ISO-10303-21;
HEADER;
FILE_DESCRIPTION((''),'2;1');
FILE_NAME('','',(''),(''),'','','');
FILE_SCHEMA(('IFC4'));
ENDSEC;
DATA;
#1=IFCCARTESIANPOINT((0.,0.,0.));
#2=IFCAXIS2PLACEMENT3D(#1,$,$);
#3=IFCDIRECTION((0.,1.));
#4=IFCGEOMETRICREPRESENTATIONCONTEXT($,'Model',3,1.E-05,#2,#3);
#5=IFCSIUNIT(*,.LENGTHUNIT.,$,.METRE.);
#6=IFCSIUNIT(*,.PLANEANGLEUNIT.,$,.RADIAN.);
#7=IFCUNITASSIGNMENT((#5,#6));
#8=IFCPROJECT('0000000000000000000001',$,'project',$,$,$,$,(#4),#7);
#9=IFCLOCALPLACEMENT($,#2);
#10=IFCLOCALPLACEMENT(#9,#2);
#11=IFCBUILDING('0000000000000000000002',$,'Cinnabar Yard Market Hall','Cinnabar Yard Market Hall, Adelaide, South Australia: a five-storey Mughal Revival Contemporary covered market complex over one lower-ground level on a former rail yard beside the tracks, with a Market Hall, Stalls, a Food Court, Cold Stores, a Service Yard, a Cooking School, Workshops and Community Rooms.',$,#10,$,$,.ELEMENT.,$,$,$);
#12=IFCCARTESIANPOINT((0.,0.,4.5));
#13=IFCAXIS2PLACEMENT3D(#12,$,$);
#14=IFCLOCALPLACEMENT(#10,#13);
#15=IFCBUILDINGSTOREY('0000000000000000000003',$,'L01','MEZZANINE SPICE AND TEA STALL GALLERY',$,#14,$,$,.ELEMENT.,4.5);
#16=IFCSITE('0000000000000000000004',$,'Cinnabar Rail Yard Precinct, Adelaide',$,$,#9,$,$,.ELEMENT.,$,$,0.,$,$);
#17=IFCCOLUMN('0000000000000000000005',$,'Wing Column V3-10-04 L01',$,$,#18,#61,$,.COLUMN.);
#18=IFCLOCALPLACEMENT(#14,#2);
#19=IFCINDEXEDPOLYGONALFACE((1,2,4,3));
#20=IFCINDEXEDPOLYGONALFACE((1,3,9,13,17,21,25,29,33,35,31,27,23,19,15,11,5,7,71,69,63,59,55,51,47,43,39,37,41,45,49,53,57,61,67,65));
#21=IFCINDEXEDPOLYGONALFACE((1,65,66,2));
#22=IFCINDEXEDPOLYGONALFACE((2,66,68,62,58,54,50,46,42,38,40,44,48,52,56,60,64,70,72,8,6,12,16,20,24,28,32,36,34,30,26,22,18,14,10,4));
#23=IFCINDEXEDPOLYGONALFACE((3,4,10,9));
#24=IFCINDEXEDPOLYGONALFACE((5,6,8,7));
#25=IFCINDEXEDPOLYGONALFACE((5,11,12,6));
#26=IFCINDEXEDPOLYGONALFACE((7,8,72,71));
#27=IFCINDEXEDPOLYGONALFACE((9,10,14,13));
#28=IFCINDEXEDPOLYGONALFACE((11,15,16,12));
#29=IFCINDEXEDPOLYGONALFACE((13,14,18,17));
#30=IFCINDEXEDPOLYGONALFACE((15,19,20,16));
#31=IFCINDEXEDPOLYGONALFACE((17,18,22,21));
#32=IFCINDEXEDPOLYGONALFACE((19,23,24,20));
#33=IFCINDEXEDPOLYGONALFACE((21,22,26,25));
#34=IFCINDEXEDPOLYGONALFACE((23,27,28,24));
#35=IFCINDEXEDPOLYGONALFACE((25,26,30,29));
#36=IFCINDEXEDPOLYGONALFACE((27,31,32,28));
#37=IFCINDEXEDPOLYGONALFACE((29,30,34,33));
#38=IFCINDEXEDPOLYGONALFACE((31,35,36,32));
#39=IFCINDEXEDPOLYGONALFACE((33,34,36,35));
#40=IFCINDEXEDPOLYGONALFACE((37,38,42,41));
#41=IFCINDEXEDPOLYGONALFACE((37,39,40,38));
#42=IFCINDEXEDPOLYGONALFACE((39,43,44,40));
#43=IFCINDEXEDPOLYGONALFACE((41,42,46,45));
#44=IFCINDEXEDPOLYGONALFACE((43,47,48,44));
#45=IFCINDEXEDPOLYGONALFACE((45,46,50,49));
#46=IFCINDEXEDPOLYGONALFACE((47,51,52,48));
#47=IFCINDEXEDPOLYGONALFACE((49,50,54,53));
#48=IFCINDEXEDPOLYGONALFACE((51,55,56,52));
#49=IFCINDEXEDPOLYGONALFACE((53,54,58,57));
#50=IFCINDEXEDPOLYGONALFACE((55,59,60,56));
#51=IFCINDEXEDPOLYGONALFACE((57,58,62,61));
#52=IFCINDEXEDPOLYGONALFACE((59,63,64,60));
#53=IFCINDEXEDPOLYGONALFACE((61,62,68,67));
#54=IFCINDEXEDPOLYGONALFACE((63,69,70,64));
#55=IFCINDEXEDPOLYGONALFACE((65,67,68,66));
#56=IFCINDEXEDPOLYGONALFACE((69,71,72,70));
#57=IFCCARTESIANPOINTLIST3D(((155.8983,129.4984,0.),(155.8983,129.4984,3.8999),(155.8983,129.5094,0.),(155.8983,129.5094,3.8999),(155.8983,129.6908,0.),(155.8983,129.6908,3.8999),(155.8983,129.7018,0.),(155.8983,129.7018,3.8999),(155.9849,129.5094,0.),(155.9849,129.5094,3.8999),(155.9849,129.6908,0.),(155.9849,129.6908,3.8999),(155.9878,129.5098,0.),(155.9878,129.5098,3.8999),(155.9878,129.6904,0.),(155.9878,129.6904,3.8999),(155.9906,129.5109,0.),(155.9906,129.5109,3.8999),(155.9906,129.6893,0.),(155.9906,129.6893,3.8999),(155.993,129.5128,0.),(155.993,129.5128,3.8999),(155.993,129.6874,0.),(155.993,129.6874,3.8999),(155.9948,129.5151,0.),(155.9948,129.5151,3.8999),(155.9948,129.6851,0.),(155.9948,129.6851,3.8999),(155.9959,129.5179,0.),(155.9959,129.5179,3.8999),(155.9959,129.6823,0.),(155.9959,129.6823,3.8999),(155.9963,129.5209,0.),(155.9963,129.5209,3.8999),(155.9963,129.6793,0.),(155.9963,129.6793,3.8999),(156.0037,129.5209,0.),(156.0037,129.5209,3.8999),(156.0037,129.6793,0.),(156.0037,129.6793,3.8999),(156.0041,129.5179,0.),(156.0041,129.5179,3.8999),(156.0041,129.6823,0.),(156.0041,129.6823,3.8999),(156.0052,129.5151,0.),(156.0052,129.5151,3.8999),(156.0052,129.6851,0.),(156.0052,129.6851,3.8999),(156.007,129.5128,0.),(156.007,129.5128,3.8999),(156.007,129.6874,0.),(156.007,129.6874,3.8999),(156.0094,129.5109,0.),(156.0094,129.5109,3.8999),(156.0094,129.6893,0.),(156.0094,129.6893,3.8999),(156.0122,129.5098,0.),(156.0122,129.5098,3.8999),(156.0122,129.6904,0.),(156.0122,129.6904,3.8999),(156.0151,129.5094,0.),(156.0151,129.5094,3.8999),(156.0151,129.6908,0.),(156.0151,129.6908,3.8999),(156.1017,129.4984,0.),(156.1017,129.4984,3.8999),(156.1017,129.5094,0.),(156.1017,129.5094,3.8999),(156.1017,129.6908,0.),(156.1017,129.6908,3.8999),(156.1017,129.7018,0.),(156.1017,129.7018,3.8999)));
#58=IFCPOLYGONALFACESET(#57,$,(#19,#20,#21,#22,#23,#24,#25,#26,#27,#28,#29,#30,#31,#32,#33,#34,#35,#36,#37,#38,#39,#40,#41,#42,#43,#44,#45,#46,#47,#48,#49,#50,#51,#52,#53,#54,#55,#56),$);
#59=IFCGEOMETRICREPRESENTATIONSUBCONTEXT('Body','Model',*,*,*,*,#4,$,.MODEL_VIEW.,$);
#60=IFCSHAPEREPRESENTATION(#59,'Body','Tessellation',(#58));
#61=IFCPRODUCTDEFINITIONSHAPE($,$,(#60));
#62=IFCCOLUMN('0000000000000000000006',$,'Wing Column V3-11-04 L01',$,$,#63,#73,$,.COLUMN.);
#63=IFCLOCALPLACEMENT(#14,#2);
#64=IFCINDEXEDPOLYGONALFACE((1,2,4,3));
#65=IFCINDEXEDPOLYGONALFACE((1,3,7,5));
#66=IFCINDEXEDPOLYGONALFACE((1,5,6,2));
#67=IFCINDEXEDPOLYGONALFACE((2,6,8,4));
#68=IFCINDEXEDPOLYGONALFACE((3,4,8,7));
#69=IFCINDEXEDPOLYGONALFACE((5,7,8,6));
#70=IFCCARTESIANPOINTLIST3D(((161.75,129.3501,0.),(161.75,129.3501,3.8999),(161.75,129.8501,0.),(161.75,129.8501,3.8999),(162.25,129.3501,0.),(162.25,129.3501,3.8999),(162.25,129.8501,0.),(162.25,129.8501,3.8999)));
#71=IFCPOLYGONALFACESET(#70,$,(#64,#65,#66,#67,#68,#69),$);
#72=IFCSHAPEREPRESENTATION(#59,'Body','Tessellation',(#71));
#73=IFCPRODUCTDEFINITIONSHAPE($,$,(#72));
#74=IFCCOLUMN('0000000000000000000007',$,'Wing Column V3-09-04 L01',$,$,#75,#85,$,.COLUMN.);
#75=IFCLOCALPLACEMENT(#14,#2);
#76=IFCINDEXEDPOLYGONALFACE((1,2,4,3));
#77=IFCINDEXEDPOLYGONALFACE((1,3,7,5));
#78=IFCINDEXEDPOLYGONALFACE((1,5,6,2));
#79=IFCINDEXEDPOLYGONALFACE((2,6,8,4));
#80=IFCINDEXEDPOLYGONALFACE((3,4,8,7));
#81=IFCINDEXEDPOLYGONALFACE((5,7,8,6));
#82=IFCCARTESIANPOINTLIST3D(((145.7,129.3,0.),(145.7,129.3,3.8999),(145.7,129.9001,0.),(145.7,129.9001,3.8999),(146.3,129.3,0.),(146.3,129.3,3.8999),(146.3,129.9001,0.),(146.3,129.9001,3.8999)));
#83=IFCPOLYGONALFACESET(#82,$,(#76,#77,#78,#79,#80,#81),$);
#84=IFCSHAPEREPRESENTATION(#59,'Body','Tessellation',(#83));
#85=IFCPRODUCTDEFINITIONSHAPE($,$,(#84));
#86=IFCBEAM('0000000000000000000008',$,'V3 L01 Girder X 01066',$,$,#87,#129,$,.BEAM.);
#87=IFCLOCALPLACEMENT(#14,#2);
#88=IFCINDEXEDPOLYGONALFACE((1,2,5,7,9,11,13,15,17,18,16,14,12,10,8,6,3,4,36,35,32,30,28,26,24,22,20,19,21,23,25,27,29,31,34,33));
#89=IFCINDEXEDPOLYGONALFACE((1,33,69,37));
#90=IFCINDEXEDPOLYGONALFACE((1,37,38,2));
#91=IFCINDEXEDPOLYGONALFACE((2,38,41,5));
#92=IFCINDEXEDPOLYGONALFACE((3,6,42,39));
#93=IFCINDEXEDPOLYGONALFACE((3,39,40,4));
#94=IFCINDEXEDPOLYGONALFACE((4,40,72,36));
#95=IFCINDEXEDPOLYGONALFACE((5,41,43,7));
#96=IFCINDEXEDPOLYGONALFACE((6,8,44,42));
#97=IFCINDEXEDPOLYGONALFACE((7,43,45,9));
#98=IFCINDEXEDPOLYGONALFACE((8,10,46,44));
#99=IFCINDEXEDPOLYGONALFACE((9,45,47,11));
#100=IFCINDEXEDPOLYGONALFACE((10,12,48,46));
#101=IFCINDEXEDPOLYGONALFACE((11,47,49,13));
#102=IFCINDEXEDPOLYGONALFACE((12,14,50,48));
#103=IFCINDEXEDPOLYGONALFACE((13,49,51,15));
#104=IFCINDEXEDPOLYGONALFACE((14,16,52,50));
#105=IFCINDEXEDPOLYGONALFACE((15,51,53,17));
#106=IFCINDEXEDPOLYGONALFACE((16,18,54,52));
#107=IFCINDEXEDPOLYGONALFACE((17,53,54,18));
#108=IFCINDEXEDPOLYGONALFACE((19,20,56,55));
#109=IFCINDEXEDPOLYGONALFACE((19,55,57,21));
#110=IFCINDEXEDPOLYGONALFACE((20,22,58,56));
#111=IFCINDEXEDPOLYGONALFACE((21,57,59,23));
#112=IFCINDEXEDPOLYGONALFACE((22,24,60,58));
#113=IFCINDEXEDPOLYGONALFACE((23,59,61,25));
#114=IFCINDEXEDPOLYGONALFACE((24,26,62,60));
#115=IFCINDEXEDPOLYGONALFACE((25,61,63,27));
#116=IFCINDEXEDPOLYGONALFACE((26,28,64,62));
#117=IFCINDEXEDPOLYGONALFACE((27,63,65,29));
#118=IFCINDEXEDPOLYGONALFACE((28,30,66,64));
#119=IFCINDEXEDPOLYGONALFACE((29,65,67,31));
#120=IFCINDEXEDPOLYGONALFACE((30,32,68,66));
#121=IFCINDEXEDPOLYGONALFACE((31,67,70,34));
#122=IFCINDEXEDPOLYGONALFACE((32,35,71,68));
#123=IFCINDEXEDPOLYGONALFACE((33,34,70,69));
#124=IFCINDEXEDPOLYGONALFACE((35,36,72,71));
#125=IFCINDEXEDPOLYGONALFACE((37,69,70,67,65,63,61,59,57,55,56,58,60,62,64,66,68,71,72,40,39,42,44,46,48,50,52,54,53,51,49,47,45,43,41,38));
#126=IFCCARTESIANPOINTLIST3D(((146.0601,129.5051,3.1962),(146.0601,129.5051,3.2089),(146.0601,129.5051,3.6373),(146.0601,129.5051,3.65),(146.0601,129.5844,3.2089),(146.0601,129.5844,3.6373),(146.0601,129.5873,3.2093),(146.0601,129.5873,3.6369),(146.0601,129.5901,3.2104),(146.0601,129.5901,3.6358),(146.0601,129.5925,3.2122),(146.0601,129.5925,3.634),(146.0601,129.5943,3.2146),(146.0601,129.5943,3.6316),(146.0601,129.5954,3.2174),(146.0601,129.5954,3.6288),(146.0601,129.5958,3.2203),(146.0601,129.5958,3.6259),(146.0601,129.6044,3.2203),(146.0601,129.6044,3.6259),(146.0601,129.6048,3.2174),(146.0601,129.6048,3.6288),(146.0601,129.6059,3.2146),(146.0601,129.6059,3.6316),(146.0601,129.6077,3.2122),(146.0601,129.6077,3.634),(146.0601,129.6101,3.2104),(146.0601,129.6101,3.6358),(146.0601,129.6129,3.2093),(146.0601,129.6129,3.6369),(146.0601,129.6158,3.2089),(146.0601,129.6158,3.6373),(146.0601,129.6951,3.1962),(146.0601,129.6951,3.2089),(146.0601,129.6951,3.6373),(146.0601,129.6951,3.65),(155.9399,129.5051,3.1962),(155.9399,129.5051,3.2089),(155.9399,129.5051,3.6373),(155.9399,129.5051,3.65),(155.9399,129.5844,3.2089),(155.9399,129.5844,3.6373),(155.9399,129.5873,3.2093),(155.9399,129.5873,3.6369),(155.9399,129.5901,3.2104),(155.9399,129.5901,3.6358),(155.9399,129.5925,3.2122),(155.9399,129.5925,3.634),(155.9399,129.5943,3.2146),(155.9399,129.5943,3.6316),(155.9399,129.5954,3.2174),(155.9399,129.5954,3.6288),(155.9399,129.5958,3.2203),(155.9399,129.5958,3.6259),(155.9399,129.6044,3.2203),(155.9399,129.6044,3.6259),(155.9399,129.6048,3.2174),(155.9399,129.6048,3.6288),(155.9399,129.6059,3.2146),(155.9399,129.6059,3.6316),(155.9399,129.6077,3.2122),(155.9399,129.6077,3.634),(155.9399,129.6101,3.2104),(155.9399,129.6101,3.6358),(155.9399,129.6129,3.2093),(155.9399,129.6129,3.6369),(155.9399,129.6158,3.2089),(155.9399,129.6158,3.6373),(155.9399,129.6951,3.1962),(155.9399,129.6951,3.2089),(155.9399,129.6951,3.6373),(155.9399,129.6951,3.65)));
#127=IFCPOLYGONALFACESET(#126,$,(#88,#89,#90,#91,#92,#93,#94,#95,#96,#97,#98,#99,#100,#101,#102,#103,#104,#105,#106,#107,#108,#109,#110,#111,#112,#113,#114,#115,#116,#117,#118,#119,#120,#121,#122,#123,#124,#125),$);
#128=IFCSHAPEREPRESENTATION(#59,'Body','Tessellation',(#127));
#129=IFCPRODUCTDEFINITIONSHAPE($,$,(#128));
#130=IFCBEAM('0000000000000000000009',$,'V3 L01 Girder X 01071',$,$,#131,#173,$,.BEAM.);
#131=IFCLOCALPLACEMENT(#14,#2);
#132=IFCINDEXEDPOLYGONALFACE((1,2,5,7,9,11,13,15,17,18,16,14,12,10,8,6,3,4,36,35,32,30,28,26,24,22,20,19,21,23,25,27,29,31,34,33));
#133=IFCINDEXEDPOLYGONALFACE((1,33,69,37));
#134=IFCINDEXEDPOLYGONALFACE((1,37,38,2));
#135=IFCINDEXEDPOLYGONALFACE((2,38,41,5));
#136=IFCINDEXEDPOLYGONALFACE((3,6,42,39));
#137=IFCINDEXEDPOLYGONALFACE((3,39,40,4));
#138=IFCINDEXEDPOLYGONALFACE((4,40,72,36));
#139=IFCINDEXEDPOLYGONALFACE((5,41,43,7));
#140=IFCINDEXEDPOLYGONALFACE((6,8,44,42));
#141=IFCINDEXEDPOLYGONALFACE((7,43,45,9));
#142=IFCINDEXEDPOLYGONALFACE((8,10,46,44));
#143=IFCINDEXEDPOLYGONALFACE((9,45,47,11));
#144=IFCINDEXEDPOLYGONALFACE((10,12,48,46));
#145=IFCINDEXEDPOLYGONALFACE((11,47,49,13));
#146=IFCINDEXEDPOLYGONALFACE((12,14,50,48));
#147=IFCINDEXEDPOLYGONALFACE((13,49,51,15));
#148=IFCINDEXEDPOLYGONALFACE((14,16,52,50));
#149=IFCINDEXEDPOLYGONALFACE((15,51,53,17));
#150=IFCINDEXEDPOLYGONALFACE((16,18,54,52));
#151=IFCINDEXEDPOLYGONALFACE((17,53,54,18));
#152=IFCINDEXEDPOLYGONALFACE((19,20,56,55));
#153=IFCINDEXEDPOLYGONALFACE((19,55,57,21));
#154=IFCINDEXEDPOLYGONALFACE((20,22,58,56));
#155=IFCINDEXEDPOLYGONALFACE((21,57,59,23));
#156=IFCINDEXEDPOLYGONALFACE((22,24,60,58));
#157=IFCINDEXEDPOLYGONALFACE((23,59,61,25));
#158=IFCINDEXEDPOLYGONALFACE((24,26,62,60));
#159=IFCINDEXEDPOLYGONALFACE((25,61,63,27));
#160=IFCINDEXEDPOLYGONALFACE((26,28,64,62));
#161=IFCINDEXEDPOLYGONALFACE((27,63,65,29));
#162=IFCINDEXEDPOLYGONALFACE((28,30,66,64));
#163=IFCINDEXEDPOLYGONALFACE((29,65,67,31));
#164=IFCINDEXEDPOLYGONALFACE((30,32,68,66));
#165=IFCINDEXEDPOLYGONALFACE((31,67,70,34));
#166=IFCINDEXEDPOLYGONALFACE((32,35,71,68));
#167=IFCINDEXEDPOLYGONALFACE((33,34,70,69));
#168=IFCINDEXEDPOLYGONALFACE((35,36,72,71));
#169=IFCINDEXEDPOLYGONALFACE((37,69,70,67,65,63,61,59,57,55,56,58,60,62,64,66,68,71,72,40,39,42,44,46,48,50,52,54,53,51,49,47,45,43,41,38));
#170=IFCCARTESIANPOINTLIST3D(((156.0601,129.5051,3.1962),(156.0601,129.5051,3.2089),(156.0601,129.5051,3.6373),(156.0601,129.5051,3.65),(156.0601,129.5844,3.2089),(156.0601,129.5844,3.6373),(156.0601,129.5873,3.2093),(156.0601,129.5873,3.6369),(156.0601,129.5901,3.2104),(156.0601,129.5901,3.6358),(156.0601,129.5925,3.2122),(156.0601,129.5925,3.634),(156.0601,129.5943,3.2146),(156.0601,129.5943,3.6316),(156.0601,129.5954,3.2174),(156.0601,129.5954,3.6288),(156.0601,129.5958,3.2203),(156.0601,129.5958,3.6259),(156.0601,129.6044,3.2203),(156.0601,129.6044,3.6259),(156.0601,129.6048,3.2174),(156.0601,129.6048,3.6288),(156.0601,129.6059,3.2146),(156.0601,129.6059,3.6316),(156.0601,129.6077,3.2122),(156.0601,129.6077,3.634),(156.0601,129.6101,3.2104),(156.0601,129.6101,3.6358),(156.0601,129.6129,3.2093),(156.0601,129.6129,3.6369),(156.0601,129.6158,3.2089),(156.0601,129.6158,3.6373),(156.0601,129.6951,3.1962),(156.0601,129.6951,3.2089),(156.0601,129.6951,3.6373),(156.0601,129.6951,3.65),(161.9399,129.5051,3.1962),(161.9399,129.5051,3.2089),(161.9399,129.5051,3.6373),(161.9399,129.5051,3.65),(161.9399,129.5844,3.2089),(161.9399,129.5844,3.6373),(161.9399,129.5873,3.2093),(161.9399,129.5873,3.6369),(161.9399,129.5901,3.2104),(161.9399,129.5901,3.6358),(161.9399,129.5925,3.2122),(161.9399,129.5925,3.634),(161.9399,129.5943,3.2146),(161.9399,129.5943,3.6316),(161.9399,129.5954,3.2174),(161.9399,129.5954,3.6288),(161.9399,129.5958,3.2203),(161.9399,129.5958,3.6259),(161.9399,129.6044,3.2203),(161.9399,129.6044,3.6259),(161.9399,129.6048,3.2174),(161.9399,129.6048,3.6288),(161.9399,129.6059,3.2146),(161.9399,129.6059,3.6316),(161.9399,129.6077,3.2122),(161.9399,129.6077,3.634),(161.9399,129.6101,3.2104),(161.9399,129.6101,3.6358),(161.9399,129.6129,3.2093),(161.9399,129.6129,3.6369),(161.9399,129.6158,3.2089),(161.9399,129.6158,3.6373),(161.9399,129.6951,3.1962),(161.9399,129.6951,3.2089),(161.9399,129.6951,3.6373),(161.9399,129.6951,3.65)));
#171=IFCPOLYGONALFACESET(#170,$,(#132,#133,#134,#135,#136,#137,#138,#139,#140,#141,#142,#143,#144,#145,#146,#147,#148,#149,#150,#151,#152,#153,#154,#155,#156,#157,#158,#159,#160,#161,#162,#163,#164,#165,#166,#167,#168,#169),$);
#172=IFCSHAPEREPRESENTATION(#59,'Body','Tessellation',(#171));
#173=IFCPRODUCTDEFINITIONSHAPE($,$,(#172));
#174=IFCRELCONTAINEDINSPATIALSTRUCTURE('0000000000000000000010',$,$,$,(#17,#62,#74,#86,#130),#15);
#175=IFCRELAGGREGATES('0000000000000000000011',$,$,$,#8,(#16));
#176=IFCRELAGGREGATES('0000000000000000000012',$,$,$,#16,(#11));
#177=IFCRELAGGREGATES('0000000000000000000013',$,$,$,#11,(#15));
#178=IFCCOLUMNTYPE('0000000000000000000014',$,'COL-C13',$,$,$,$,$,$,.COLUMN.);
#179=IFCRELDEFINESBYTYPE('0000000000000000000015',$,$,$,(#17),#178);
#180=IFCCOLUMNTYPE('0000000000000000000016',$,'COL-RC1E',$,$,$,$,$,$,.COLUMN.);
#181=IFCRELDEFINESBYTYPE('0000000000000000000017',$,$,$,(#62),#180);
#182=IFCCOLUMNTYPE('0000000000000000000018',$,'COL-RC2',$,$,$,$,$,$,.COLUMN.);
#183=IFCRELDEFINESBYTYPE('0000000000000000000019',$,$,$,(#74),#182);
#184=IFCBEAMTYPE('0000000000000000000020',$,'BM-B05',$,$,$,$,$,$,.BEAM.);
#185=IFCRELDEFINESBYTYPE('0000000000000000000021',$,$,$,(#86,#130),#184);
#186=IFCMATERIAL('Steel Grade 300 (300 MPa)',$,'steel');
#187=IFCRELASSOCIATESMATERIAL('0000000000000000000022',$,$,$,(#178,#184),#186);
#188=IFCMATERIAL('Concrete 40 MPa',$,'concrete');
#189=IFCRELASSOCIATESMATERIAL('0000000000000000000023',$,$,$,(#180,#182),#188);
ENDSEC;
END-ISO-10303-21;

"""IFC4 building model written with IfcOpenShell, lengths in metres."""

from ifc_helpers import new_model, si_unit, direction, frame, origin, origin_2d_with_axis, place, context, subcontext, project, spatial, rectangle, i_section, extrude, material, material_profile, profile_set, type_object, element, save


model = new_model("IFC4")

# Units and contexts
model_context = context("Model", 3, precision=1e-05, world=origin(), true_north=direction((0.0, 1.0)))
body_context = subcontext(model_context, "Body", "Model", "MODEL_VIEW")
ifc_project = project(units=[si_unit("LENGTHUNIT", "METRE"), si_unit("PLANEANGLEUNIT", "RADIAN")], contexts=[model_context])

# Site, building, storey
site_placement = place(None, origin())
site = spatial("IfcSite", under=ifc_project, at=site_placement, Name="Cinnabar Rail Yard Precinct, Adelaide", CompositionType="ELEMENT", RefElevation=0.0)
building_placement = place(site_placement, origin())
building = spatial("IfcBuilding", under=site, at=building_placement, Name="Cinnabar Yard Market Hall", Description="Cinnabar Yard Market Hall, Adelaide, South Australia: a five-storey Mughal Revival Contemporary covered market complex over one lower-ground level on a former rail yard beside the tracks, with a Market Hall, Stalls, a Food Court, Cold Stores, a Service Yard, a Cooking School, Workshops and Community Rooms.", CompositionType="ELEMENT")
storey_placement = place(building_placement, frame((0.0, 0.0, 4.5)))
storey = spatial("IfcBuildingStorey", under=building, at=storey_placement, Name="L01", Description="MEZZANINE SPICE AND TEA STALL GALLERY", CompositionType="ELEMENT", Elevation=4.5)

# Columns
ifc_material_1 = material(Name="Steel Grade 300 (300 MPa)", Category="steel")
ifc_material_profile_1 = material_profile(ifc_material_1, i_section(OverallWidth=0.2034, OverallDepth=0.2034, WebThickness=0.0073, FlangeThickness=0.011, FilletRadius=0.0115, at=origin_2d_with_axis()), Name="200UC46.2")
ifc_profile_set_1 = profile_set([ifc_material_profile_1], Name="Steel Grade 300 (300 MPa)")
column_type_1 = type_object("IfcColumnType", Name="COL-C13", PredefinedType="COLUMN", material=ifc_profile_set_1)
column_1_placement = place(storey_placement, frame((156.0, 129.6001, 0.0), z_axis=(0.0, 0.0, 1.0), x_axis=(1.0, 0.0, 0.0)))
element("IfcColumn", 1, at=column_1_placement, inside=storey, type_object=column_type_1, Name="Wing Column V3-10-04 L01", PredefinedType="COLUMN", context=body_context, shape_type="SweptSolid", body=[
    extrude(i_section(OverallWidth=0.2034, OverallDepth=0.2034, WebThickness=0.0073, FlangeThickness=0.011, FilletRadius=0.0115, at=origin_2d_with_axis()), origin(), (0.0, 0.0, 1.0), 3.8999),
])
ifc_material_2 = material(Name="Concrete 40 MPa", Category="concrete")
ifc_material_profile_2 = material_profile(ifc_material_2, rectangle(XDim=0.5, YDim=0.5, at=origin_2d_with_axis()), Name="RC-500x500")
ifc_profile_set_2 = profile_set([ifc_material_profile_2], Name="Concrete 40 MPa")
column_type_2 = type_object("IfcColumnType", Name="COL-RC1E", PredefinedType="COLUMN", material=ifc_profile_set_2)
column_2_placement = place(storey_placement, frame((162.0, 129.6001, 0.0), z_axis=(0.0, 0.0, 1.0), x_axis=(1.0, 0.0, 0.0)))
element("IfcColumn", 2, at=column_2_placement, inside=storey, type_object=column_type_2, Name="Wing Column V3-11-04 L01", PredefinedType="COLUMN", context=body_context, shape_type="SweptSolid", body=[
    extrude(rectangle(XDim=0.5, YDim=0.5, at=origin_2d_with_axis()), origin(), (0.0, 0.0, 1.0), 3.8999),
])
ifc_material_profile_3 = material_profile(ifc_material_2, rectangle(XDim=0.6001, YDim=0.6001, at=origin_2d_with_axis()), Name="RC-600x600")
ifc_profile_set_3 = profile_set([ifc_material_profile_3], Name="Concrete 40 MPa")
column_type_3 = type_object("IfcColumnType", Name="COL-RC2", PredefinedType="COLUMN", material=ifc_profile_set_3)
column_3_placement = place(storey_placement, frame((146.0, 129.6001, 0.0), z_axis=(0.0, 0.0, 1.0), x_axis=(1.0, 0.0, 0.0)))
element("IfcColumn", 3, at=column_3_placement, inside=storey, type_object=column_type_3, Name="Wing Column V3-09-04 L01", PredefinedType="COLUMN", context=body_context, shape_type="SweptSolid", body=[
    extrude(rectangle(XDim=0.6001, YDim=0.6001, at=origin_2d_with_axis()), origin(), (0.0, 0.0, 1.0), 3.8999),
])

# Beams
ifc_material_profile_4 = material_profile(ifc_material_1, i_section(OverallWidth=0.1899, OverallDepth=0.4539, WebThickness=0.0085, FlangeThickness=0.0127, FilletRadius=0.0115, at=origin_2d_with_axis()), Name="460UB67.1")
ifc_profile_set_4 = profile_set([ifc_material_profile_4], Name="Steel Grade 300 (300 MPa)")
beam_type_1 = type_object("IfcBeamType", Name="BM-B05", PredefinedType="BEAM", material=ifc_profile_set_4)
beam_1_placement = place(storey_placement, frame((146.0601, 129.6001, 3.4231), z_axis=(1.0, 0.0, 0.0), x_axis=(0.0, 1.0, 0.0)))
element("IfcBeam", 4, at=beam_1_placement, inside=storey, type_object=beam_type_1, Name="V3 L01 Girder X 01066", PredefinedType="BEAM", context=body_context, shape_type="SweptSolid", body=[
    extrude(i_section(OverallWidth=0.1899, OverallDepth=0.4539, WebThickness=0.0085, FlangeThickness=0.0127, FilletRadius=0.0115, at=origin_2d_with_axis()), origin(), (0.0, 0.0, 1.0), 9.8799),
])
beam_2_placement = place(storey_placement, frame((156.0601, 129.6001, 3.4231), z_axis=(1.0, 0.0, 0.0), x_axis=(0.0, 1.0, 0.0)))
element("IfcBeam", 5, at=beam_2_placement, inside=storey, type_object=beam_type_1, Name="V3 L01 Girder X 01071", PredefinedType="BEAM", context=body_context, shape_type="SweptSolid", body=[
    extrude(i_section(OverallWidth=0.1899, OverallDepth=0.4539, WebThickness=0.0085, FlangeThickness=0.0127, FilletRadius=0.0115, at=origin_2d_with_axis()), origin(), (0.0, 0.0, 1.0), 5.8799),
])

save(model, "model.ifc")
